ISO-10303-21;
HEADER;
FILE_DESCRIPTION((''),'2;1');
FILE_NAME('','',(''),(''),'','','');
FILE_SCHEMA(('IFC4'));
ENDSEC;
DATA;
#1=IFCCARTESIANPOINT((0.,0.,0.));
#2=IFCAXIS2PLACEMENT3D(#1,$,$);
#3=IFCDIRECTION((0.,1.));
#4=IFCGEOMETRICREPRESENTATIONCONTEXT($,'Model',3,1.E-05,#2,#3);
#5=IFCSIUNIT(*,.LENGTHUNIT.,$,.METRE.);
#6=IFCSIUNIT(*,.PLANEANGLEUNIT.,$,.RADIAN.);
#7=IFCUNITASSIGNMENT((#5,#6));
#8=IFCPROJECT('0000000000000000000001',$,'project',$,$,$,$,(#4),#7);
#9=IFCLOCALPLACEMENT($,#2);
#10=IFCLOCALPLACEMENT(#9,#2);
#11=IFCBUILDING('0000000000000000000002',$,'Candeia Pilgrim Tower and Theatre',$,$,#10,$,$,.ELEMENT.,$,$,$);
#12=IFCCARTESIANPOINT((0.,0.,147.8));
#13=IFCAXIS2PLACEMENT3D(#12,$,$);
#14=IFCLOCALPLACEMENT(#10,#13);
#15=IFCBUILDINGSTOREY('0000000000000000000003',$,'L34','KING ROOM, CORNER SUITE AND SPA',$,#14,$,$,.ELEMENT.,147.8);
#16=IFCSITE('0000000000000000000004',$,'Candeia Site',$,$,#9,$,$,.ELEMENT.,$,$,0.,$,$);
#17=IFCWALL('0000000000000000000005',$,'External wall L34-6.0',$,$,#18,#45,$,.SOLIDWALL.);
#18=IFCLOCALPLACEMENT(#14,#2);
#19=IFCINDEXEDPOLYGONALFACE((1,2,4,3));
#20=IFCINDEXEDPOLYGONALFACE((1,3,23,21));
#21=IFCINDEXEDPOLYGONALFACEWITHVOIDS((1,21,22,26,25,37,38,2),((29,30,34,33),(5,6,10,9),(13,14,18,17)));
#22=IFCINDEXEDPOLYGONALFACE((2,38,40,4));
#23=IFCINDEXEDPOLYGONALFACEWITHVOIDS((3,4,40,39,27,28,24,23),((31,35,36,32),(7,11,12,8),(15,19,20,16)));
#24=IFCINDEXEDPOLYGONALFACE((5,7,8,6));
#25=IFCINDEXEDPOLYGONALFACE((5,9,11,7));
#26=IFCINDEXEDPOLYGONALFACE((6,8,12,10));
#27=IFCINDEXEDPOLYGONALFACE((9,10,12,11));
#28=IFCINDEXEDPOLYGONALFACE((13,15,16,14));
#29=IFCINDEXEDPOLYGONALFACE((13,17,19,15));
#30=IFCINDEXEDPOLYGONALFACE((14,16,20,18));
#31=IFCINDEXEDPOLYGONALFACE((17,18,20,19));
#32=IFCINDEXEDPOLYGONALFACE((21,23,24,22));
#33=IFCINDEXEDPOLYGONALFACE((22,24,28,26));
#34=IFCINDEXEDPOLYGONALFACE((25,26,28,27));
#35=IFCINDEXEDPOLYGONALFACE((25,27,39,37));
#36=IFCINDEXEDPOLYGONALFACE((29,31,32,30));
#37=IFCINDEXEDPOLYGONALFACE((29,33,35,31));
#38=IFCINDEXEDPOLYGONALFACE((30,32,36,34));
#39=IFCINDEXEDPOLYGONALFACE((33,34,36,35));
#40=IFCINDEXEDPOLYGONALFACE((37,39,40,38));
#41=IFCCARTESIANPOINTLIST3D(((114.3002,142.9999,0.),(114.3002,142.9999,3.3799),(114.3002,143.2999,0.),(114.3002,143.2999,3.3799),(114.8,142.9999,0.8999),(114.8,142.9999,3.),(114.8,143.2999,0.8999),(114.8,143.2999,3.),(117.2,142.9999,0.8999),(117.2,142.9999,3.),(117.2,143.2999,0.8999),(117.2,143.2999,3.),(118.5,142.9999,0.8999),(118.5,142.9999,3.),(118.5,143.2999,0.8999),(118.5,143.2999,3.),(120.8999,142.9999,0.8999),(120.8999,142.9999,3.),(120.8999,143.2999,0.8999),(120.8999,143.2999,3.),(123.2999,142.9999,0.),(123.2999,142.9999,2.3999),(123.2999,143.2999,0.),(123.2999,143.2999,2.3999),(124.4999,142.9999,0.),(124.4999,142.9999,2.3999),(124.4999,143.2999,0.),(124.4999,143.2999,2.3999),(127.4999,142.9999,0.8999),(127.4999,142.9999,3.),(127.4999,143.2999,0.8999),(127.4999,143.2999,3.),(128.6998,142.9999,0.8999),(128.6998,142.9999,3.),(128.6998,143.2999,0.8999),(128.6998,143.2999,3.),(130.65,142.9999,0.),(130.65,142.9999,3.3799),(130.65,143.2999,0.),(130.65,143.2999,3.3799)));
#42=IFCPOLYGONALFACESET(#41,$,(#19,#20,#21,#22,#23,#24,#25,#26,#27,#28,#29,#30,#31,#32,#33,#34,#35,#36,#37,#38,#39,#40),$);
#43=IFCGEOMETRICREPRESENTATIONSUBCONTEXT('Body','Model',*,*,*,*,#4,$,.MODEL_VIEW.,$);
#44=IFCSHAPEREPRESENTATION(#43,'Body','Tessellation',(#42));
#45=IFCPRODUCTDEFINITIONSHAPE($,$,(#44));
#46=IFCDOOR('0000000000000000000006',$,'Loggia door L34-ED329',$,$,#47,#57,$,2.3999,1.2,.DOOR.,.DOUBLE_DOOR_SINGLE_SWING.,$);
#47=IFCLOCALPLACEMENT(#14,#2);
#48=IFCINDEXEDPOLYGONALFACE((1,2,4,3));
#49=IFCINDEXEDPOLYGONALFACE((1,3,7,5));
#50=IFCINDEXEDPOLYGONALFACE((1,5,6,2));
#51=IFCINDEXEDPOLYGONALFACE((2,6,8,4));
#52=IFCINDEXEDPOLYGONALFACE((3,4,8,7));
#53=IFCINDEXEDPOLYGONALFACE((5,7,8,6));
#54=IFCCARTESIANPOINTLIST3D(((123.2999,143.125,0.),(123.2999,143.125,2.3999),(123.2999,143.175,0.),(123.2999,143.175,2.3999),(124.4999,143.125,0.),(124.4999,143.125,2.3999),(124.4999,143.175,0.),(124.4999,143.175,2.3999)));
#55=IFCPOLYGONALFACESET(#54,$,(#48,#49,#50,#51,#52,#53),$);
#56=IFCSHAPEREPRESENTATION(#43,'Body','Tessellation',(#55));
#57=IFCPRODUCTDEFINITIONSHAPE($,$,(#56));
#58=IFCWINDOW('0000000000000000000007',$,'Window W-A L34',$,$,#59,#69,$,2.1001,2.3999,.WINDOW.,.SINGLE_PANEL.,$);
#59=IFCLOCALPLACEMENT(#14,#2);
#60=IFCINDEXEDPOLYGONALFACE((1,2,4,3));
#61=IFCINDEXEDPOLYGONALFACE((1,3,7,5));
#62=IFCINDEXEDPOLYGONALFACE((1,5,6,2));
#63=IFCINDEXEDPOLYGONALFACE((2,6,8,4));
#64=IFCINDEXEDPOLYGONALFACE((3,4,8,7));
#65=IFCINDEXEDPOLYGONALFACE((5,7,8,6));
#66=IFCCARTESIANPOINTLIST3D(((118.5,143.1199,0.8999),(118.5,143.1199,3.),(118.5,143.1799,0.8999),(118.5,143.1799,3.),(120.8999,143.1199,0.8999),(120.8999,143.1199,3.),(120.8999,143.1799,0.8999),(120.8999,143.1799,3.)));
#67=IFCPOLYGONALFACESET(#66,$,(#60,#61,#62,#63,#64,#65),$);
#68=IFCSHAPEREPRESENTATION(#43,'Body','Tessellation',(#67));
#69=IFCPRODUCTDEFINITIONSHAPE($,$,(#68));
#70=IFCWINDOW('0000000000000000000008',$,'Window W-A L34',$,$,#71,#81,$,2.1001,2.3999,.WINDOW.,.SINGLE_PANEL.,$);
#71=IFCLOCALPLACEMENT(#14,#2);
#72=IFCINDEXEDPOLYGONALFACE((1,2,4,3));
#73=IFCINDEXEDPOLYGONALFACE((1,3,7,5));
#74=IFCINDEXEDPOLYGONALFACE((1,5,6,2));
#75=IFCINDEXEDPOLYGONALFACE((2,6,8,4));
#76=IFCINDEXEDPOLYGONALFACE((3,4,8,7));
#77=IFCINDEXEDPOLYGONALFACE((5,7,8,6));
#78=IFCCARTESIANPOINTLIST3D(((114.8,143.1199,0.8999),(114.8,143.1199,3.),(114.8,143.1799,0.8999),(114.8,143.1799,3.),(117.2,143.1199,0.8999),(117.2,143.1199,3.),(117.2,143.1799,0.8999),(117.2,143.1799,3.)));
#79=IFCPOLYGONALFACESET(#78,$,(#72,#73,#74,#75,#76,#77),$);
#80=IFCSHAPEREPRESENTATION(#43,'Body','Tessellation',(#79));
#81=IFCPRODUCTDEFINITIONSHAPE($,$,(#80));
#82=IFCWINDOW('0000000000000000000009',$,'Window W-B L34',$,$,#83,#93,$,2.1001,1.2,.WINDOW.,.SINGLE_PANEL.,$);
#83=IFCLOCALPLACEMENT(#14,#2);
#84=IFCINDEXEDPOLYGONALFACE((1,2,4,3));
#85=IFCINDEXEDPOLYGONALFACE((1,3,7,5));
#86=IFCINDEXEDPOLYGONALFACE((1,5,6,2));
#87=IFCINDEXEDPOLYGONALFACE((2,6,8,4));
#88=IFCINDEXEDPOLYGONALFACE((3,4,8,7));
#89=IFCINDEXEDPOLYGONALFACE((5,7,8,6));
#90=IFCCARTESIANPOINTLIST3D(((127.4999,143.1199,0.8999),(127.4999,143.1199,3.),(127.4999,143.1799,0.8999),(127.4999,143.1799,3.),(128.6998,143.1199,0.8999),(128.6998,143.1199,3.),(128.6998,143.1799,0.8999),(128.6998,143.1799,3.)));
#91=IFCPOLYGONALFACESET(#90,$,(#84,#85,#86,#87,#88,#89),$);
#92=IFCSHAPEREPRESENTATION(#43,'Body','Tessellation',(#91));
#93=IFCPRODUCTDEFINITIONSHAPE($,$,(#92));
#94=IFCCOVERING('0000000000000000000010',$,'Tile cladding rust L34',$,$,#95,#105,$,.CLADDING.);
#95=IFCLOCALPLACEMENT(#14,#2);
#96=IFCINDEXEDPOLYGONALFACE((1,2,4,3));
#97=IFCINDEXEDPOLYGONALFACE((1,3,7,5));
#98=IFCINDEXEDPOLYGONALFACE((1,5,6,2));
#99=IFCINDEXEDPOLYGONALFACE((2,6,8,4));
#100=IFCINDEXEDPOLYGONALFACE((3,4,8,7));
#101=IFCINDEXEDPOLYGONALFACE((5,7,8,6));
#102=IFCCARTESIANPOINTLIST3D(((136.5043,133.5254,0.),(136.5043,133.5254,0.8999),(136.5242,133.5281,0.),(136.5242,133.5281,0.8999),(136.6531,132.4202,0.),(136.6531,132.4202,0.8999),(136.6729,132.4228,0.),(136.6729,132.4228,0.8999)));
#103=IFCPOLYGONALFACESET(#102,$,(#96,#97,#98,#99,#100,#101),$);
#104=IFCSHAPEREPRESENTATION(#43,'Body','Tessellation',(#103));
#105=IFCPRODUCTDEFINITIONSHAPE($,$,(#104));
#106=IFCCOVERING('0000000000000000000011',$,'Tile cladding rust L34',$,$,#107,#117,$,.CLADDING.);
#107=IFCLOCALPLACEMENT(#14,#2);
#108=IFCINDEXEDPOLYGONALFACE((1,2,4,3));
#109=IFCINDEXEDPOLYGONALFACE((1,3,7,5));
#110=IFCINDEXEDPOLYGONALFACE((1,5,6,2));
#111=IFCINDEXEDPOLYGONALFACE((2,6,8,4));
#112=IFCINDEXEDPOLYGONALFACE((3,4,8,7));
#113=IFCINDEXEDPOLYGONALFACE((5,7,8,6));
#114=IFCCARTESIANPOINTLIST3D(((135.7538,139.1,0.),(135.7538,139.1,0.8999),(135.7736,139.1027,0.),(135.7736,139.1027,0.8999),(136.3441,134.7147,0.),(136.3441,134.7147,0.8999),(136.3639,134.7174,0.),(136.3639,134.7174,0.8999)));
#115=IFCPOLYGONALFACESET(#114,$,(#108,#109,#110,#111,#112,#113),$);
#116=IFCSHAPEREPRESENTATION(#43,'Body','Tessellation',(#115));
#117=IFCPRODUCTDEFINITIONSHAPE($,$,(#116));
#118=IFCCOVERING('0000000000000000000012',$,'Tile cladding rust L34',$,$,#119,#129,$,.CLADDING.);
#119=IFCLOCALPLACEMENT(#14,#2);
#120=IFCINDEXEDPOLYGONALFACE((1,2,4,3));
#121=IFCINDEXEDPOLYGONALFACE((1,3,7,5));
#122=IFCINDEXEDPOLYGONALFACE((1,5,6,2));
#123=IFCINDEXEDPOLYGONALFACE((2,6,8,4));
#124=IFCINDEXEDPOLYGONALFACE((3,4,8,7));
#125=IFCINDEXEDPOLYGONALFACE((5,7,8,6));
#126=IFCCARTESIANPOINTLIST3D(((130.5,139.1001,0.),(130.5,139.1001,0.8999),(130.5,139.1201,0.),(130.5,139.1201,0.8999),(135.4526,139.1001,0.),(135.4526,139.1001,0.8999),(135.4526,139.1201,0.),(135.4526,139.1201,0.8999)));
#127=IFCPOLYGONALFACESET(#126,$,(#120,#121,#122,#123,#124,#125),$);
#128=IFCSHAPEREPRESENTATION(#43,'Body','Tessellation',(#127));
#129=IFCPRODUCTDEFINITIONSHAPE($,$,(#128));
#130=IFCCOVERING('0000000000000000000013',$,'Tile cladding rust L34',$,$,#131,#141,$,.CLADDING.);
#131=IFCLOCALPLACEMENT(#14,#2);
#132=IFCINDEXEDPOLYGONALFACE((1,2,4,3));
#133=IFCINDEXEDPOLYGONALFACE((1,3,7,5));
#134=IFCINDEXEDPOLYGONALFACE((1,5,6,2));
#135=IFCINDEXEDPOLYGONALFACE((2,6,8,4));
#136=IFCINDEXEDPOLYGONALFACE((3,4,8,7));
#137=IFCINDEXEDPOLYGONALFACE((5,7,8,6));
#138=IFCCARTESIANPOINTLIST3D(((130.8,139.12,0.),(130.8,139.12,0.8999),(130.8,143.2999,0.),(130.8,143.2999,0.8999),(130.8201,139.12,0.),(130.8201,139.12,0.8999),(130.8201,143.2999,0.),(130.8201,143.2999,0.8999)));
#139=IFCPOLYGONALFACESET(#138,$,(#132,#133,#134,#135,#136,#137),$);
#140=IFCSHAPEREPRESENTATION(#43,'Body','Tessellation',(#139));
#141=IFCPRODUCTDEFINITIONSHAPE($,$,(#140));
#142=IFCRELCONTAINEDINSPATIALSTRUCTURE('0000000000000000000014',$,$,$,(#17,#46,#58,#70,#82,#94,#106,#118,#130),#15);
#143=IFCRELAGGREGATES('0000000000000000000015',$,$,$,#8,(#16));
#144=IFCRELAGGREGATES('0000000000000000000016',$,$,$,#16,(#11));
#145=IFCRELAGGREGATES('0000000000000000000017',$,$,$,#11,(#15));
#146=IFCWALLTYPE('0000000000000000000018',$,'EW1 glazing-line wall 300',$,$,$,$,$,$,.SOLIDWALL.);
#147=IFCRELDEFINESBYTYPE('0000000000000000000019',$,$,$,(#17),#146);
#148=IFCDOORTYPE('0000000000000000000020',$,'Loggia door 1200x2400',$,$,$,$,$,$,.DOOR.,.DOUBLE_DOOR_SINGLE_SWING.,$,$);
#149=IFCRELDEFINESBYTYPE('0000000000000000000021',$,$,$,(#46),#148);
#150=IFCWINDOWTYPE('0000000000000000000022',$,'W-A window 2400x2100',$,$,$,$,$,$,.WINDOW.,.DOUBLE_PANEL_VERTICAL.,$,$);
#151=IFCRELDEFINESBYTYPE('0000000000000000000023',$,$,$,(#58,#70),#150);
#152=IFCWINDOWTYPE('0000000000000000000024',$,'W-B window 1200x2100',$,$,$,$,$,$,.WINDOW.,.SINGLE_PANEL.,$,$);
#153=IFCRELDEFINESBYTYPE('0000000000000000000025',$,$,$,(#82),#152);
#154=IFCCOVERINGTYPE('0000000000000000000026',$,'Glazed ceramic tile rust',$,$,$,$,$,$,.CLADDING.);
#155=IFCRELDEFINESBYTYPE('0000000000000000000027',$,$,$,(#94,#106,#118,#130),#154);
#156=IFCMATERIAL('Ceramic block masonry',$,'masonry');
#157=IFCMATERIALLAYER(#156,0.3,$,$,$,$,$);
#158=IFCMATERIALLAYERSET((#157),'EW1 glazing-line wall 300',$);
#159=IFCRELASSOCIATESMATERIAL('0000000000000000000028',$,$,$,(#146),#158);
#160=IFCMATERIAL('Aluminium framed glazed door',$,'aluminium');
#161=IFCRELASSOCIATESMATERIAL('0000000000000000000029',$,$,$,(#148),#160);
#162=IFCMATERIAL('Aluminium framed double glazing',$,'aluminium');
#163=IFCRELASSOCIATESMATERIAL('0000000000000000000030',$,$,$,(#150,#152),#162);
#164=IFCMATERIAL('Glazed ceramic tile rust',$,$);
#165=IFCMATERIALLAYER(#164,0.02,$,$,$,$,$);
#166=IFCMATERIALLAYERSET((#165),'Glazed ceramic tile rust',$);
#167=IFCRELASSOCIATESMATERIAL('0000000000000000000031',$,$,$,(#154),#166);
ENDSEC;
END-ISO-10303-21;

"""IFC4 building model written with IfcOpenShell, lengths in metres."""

from ifc_helpers import new_model, si_unit, direction, frame, frame_2d, origin, origin_2d, place, context, subcontext, project, spatial, rectangle, extrude, material, layer, layer_set, type_object, element, fill, save


model = new_model("IFC4")

# Units and contexts
model_context = context("Model", 3, precision=1e-05, world=origin(), true_north=direction((0.0, 1.0)))
body_context = subcontext(model_context, "Body", "Model", "MODEL_VIEW")
ifc_project = project(units=[si_unit("LENGTHUNIT", "METRE"), si_unit("PLANEANGLEUNIT", "RADIAN")], contexts=[model_context])

# Site, building, storey
site_placement = place(None, origin())
site = spatial("IfcSite", under=ifc_project, at=site_placement, Name="Candeia Site", CompositionType="ELEMENT", RefElevation=0.0)
building_placement = place(site_placement, origin())
building = spatial("IfcBuilding", under=site, at=building_placement, Name="Candeia Pilgrim Tower and Theatre", CompositionType="ELEMENT")
storey_placement = place(building_placement, frame((0.0, 0.0, 147.8)))
storey = spatial("IfcBuildingStorey", under=building, at=storey_placement, Name="L34", Description="KING ROOM, CORNER SUITE AND SPA", CompositionType="ELEMENT", Elevation=147.8)

# Shared definitions
ifc_material_1 = material(Name="Ceramic block masonry", Category="masonry")
ifc_layer_1 = layer(ifc_material_1, 0.3)
ifc_layer_set_1 = layer_set([ifc_layer_1], Name="EW1 glazing-line wall 300")
wall_type_1 = type_object("IfcWallType", Name="EW1 glazing-line wall 300", PredefinedType="SOLIDWALL", material=ifc_layer_set_1)
ifc_material_2 = material(Name="Aluminium framed glazed door", Category="aluminium")
door_type = type_object("IfcDoorType", Name="Loggia door 1200x2400", OperationType="DOUBLE_DOOR_SINGLE_SWING", PredefinedType="DOOR", material=ifc_material_2)
ifc_material_3 = material(Name="Aluminium framed double glazing", Category="aluminium")
window_type_1 = type_object("IfcWindowType", Name="W-A window 2400x2100", PartitioningType="DOUBLE_PANEL_VERTICAL", PredefinedType="WINDOW", material=ifc_material_3)

# Shared definitions
window_type_2 = type_object("IfcWindowType", Name="W-B window 1200x2100", PartitioningType="SINGLE_PANEL", PredefinedType="WINDOW", material=ifc_material_3)

# Wall, openings, door, windows
wall_1_placement = place(storey_placement, frame((130.6499, 143.1499, 0.0), z_axis=(0.0, 0.0, 1.0), x_axis=(-1.0, 0.0, 0.0)))
wall_1 = element("IfcWall", 1, at=wall_1_placement, inside=storey, type_object=wall_type_1, Name="External wall L34-6.0", PredefinedType="SOLIDWALL", context=body_context, shape_type="SweptSolid", body=[
    extrude(rectangle(XDim=16.3499, YDim=0.3, at=frame_2d((8.1748, 0.0))), origin(), (0.0, 0.0, 1.0), 3.3799),
])
opening_1_placement = place(wall_1_placement, frame((1.95, 0.0, 0.8999)))
opening_1 = element("IfcOpeningElement", 2, at=opening_1_placement, cuts=wall_1, PredefinedType="OPENING", context=body_context, shape_type="SweptSolid", body=[
    extrude(rectangle(XDim=1.2, YDim=2.1001, at=frame_2d((0.6001, 1.05))), frame((0.0, 0.1602, 0.0), z_axis=(0.0, -1.0, 0.0), x_axis=(1.0, 0.0, 0.0)), (0.0, 0.0, 1.0), 0.3201),
])
opening_2_placement = place(wall_1_placement, frame((6.1499, 0.0, 0.0)))
opening_2 = element("IfcOpeningElement", 3, at=opening_2_placement, cuts=wall_1, PredefinedType="OPENING", context=body_context, shape_type="SweptSolid", body=[
    extrude(rectangle(XDim=1.2, YDim=2.3999, at=frame_2d((0.6001, 1.2))), frame((0.0, 0.1602, 0.0), z_axis=(0.0, -1.0, 0.0), x_axis=(1.0, 0.0, 0.0)), (0.0, 0.0, 1.0), 0.3201),
])
opening_3_placement = place(wall_1_placement, frame((9.75, 0.0, 0.8999)))
opening_3 = element("IfcOpeningElement", 4, at=opening_3_placement, cuts=wall_1, PredefinedType="OPENING", context=body_context, shape_type="SweptSolid", body=[
    extrude(rectangle(XDim=2.3999, YDim=2.1001, at=frame_2d((1.2, 1.05))), frame((0.0, 0.1602, 0.0), z_axis=(0.0, -1.0, 0.0), x_axis=(1.0, 0.0, 0.0)), (0.0, 0.0, 1.0), 0.3201),
])
opening_4_placement = place(wall_1_placement, frame((13.45, 0.0, 0.8999)))
opening_4 = element("IfcOpeningElement", 5, at=opening_4_placement, cuts=wall_1, PredefinedType="OPENING", context=body_context, shape_type="SweptSolid", body=[
    extrude(rectangle(XDim=2.3999, YDim=2.1001, at=frame_2d((1.2, 1.05))), frame((0.0, 0.1602, 0.0), z_axis=(0.0, -1.0, 0.0), x_axis=(1.0, 0.0, 0.0)), (0.0, 0.0, 1.0), 0.3201),
])
door_1_placement = place(opening_2_placement, origin())
door_1 = element("IfcDoor", 6, at=door_1_placement, inside=storey, type_object=door_type, Name="Loggia door L34-ED329", OperationType="DOUBLE_DOOR_SINGLE_SWING", OverallHeight=2.3999, OverallWidth=1.2, PredefinedType="DOOR", context=body_context, shape_type="SweptSolid", body=[
    extrude(rectangle(XDim=1.2, YDim=2.3999, at=frame_2d((0.6001, 1.2))), frame((0.0, 0.0249, 0.0), z_axis=(0.0, -1.0, 0.0), x_axis=(1.0, 0.0, 0.0)), (0.0, 0.0, 1.0), 0.05),
])
fill(opening_2, door_1)
window_1_placement = place(opening_3_placement, origin())
window_1 = element("IfcWindow", 7, at=window_1_placement, inside=storey, type_object=window_type_1, Name="Window W-A L34", OverallHeight=2.1001, OverallWidth=2.3999, PartitioningType="SINGLE_PANEL", PredefinedType="WINDOW", context=body_context, shape_type="SweptSolid", body=[
    extrude(rectangle(XDim=2.3999, YDim=2.1001, at=frame_2d((1.2, 1.05))), frame((0.0, 0.03, 0.0), z_axis=(0.0, -1.0, 0.0), x_axis=(1.0, 0.0, 0.0)), (0.0, 0.0, 1.0), 0.0601),
])
fill(opening_3, window_1)
window_2_placement = place(opening_4_placement, origin())
window_2 = element("IfcWindow", 8, at=window_2_placement, inside=storey, type_object=window_type_1, Name="Window W-A L34", OverallHeight=2.1001, OverallWidth=2.3999, PartitioningType="SINGLE_PANEL", PredefinedType="WINDOW", context=body_context, shape_type="SweptSolid", body=[
    extrude(rectangle(XDim=2.3999, YDim=2.1001, at=frame_2d((1.2, 1.05))), frame((0.0, 0.03, 0.0), z_axis=(0.0, -1.0, 0.0), x_axis=(1.0, 0.0, 0.0)), (0.0, 0.0, 1.0), 0.0601),
])
fill(opening_4, window_2)
window_3_placement = place(opening_1_placement, origin())
window_3 = element("IfcWindow", 9, at=window_3_placement, inside=storey, type_object=window_type_2, Name="Window W-B L34", OverallHeight=2.1001, OverallWidth=1.2, PartitioningType="SINGLE_PANEL", PredefinedType="WINDOW", context=body_context, shape_type="SweptSolid", body=[
    extrude(rectangle(XDim=1.2, YDim=2.1001, at=frame_2d((0.6001, 1.05))), frame((0.0, 0.03, 0.0), z_axis=(0.0, -1.0, 0.0), x_axis=(1.0, 0.0, 0.0)), (0.0, 0.0, 1.0), 0.0601),
])
fill(opening_1, window_3)

# Coverings
ifc_material_4 = material(Name="Glazed ceramic tile rust")
ifc_layer_2 = layer(ifc_material_4, 0.02)
ifc_layer_set_2 = layer_set([ifc_layer_2], Name="Glazed ceramic tile rust")
covering_type = type_object("IfcCoveringType", Name="Glazed ceramic tile rust", PredefinedType="CLADDING", material=ifc_layer_set_2)
covering_1_placement = place(storey_placement, frame((136.5886, 132.9741, 0.0), z_axis=(0.0, 0.0, 1.0), x_axis=(-0.133412, 0.991061, 0.0)))
element("IfcCovering", 10, at=covering_1_placement, inside=storey, type_object=covering_type, Name="Tile cladding rust L34", PredefinedType="CLADDING", context=body_context, shape_type="SweptSolid", body=[
    extrude(rectangle(XDim=1.1152, YDim=0.02, at=origin_2d()), origin(), (0.0, 0.0, 1.0), 0.8999),
])
covering_2_placement = place(storey_placement, frame((136.0588, 136.9087, 0.0), z_axis=(0.0, 0.0, 1.0), x_axis=(-0.133412, 0.991061, 0.0)))
element("IfcCovering", 11, at=covering_2_placement, inside=storey, type_object=covering_type, Name="Tile cladding rust L34", PredefinedType="CLADDING", context=body_context, shape_type="SweptSolid", body=[
    extrude(rectangle(XDim=4.4248, YDim=0.02, at=origin_2d()), origin(), (0.0, 0.0, 1.0), 0.8999),
])
covering_3_placement = place(storey_placement, frame((132.9763, 139.1101, 0.0), z_axis=(0.0, 0.0, 1.0), x_axis=(-1.0, 0.0, 0.0)))
element("IfcCovering", 12, at=covering_3_placement, inside=storey, type_object=covering_type, Name="Tile cladding rust L34", PredefinedType="CLADDING", context=body_context, shape_type="SweptSolid", body=[
    extrude(rectangle(XDim=4.9526, YDim=0.02, at=origin_2d()), origin(), (0.0, 0.0, 1.0), 0.8999),
])
covering_4_placement = place(storey_placement, frame((130.8101, 141.21, 0.0), z_axis=(0.0, 0.0, 1.0), x_axis=(0.0, 1.0, 0.0)))
element("IfcCovering", 13, at=covering_4_placement, inside=storey, type_object=covering_type, Name="Tile cladding rust L34", PredefinedType="CLADDING", context=body_context, shape_type="SweptSolid", body=[
    extrude(rectangle(XDim=4.1799, YDim=0.02, at=origin_2d()), origin(), (0.0, 0.0, 1.0), 0.8999),
])

save(model, "model.ifc")
